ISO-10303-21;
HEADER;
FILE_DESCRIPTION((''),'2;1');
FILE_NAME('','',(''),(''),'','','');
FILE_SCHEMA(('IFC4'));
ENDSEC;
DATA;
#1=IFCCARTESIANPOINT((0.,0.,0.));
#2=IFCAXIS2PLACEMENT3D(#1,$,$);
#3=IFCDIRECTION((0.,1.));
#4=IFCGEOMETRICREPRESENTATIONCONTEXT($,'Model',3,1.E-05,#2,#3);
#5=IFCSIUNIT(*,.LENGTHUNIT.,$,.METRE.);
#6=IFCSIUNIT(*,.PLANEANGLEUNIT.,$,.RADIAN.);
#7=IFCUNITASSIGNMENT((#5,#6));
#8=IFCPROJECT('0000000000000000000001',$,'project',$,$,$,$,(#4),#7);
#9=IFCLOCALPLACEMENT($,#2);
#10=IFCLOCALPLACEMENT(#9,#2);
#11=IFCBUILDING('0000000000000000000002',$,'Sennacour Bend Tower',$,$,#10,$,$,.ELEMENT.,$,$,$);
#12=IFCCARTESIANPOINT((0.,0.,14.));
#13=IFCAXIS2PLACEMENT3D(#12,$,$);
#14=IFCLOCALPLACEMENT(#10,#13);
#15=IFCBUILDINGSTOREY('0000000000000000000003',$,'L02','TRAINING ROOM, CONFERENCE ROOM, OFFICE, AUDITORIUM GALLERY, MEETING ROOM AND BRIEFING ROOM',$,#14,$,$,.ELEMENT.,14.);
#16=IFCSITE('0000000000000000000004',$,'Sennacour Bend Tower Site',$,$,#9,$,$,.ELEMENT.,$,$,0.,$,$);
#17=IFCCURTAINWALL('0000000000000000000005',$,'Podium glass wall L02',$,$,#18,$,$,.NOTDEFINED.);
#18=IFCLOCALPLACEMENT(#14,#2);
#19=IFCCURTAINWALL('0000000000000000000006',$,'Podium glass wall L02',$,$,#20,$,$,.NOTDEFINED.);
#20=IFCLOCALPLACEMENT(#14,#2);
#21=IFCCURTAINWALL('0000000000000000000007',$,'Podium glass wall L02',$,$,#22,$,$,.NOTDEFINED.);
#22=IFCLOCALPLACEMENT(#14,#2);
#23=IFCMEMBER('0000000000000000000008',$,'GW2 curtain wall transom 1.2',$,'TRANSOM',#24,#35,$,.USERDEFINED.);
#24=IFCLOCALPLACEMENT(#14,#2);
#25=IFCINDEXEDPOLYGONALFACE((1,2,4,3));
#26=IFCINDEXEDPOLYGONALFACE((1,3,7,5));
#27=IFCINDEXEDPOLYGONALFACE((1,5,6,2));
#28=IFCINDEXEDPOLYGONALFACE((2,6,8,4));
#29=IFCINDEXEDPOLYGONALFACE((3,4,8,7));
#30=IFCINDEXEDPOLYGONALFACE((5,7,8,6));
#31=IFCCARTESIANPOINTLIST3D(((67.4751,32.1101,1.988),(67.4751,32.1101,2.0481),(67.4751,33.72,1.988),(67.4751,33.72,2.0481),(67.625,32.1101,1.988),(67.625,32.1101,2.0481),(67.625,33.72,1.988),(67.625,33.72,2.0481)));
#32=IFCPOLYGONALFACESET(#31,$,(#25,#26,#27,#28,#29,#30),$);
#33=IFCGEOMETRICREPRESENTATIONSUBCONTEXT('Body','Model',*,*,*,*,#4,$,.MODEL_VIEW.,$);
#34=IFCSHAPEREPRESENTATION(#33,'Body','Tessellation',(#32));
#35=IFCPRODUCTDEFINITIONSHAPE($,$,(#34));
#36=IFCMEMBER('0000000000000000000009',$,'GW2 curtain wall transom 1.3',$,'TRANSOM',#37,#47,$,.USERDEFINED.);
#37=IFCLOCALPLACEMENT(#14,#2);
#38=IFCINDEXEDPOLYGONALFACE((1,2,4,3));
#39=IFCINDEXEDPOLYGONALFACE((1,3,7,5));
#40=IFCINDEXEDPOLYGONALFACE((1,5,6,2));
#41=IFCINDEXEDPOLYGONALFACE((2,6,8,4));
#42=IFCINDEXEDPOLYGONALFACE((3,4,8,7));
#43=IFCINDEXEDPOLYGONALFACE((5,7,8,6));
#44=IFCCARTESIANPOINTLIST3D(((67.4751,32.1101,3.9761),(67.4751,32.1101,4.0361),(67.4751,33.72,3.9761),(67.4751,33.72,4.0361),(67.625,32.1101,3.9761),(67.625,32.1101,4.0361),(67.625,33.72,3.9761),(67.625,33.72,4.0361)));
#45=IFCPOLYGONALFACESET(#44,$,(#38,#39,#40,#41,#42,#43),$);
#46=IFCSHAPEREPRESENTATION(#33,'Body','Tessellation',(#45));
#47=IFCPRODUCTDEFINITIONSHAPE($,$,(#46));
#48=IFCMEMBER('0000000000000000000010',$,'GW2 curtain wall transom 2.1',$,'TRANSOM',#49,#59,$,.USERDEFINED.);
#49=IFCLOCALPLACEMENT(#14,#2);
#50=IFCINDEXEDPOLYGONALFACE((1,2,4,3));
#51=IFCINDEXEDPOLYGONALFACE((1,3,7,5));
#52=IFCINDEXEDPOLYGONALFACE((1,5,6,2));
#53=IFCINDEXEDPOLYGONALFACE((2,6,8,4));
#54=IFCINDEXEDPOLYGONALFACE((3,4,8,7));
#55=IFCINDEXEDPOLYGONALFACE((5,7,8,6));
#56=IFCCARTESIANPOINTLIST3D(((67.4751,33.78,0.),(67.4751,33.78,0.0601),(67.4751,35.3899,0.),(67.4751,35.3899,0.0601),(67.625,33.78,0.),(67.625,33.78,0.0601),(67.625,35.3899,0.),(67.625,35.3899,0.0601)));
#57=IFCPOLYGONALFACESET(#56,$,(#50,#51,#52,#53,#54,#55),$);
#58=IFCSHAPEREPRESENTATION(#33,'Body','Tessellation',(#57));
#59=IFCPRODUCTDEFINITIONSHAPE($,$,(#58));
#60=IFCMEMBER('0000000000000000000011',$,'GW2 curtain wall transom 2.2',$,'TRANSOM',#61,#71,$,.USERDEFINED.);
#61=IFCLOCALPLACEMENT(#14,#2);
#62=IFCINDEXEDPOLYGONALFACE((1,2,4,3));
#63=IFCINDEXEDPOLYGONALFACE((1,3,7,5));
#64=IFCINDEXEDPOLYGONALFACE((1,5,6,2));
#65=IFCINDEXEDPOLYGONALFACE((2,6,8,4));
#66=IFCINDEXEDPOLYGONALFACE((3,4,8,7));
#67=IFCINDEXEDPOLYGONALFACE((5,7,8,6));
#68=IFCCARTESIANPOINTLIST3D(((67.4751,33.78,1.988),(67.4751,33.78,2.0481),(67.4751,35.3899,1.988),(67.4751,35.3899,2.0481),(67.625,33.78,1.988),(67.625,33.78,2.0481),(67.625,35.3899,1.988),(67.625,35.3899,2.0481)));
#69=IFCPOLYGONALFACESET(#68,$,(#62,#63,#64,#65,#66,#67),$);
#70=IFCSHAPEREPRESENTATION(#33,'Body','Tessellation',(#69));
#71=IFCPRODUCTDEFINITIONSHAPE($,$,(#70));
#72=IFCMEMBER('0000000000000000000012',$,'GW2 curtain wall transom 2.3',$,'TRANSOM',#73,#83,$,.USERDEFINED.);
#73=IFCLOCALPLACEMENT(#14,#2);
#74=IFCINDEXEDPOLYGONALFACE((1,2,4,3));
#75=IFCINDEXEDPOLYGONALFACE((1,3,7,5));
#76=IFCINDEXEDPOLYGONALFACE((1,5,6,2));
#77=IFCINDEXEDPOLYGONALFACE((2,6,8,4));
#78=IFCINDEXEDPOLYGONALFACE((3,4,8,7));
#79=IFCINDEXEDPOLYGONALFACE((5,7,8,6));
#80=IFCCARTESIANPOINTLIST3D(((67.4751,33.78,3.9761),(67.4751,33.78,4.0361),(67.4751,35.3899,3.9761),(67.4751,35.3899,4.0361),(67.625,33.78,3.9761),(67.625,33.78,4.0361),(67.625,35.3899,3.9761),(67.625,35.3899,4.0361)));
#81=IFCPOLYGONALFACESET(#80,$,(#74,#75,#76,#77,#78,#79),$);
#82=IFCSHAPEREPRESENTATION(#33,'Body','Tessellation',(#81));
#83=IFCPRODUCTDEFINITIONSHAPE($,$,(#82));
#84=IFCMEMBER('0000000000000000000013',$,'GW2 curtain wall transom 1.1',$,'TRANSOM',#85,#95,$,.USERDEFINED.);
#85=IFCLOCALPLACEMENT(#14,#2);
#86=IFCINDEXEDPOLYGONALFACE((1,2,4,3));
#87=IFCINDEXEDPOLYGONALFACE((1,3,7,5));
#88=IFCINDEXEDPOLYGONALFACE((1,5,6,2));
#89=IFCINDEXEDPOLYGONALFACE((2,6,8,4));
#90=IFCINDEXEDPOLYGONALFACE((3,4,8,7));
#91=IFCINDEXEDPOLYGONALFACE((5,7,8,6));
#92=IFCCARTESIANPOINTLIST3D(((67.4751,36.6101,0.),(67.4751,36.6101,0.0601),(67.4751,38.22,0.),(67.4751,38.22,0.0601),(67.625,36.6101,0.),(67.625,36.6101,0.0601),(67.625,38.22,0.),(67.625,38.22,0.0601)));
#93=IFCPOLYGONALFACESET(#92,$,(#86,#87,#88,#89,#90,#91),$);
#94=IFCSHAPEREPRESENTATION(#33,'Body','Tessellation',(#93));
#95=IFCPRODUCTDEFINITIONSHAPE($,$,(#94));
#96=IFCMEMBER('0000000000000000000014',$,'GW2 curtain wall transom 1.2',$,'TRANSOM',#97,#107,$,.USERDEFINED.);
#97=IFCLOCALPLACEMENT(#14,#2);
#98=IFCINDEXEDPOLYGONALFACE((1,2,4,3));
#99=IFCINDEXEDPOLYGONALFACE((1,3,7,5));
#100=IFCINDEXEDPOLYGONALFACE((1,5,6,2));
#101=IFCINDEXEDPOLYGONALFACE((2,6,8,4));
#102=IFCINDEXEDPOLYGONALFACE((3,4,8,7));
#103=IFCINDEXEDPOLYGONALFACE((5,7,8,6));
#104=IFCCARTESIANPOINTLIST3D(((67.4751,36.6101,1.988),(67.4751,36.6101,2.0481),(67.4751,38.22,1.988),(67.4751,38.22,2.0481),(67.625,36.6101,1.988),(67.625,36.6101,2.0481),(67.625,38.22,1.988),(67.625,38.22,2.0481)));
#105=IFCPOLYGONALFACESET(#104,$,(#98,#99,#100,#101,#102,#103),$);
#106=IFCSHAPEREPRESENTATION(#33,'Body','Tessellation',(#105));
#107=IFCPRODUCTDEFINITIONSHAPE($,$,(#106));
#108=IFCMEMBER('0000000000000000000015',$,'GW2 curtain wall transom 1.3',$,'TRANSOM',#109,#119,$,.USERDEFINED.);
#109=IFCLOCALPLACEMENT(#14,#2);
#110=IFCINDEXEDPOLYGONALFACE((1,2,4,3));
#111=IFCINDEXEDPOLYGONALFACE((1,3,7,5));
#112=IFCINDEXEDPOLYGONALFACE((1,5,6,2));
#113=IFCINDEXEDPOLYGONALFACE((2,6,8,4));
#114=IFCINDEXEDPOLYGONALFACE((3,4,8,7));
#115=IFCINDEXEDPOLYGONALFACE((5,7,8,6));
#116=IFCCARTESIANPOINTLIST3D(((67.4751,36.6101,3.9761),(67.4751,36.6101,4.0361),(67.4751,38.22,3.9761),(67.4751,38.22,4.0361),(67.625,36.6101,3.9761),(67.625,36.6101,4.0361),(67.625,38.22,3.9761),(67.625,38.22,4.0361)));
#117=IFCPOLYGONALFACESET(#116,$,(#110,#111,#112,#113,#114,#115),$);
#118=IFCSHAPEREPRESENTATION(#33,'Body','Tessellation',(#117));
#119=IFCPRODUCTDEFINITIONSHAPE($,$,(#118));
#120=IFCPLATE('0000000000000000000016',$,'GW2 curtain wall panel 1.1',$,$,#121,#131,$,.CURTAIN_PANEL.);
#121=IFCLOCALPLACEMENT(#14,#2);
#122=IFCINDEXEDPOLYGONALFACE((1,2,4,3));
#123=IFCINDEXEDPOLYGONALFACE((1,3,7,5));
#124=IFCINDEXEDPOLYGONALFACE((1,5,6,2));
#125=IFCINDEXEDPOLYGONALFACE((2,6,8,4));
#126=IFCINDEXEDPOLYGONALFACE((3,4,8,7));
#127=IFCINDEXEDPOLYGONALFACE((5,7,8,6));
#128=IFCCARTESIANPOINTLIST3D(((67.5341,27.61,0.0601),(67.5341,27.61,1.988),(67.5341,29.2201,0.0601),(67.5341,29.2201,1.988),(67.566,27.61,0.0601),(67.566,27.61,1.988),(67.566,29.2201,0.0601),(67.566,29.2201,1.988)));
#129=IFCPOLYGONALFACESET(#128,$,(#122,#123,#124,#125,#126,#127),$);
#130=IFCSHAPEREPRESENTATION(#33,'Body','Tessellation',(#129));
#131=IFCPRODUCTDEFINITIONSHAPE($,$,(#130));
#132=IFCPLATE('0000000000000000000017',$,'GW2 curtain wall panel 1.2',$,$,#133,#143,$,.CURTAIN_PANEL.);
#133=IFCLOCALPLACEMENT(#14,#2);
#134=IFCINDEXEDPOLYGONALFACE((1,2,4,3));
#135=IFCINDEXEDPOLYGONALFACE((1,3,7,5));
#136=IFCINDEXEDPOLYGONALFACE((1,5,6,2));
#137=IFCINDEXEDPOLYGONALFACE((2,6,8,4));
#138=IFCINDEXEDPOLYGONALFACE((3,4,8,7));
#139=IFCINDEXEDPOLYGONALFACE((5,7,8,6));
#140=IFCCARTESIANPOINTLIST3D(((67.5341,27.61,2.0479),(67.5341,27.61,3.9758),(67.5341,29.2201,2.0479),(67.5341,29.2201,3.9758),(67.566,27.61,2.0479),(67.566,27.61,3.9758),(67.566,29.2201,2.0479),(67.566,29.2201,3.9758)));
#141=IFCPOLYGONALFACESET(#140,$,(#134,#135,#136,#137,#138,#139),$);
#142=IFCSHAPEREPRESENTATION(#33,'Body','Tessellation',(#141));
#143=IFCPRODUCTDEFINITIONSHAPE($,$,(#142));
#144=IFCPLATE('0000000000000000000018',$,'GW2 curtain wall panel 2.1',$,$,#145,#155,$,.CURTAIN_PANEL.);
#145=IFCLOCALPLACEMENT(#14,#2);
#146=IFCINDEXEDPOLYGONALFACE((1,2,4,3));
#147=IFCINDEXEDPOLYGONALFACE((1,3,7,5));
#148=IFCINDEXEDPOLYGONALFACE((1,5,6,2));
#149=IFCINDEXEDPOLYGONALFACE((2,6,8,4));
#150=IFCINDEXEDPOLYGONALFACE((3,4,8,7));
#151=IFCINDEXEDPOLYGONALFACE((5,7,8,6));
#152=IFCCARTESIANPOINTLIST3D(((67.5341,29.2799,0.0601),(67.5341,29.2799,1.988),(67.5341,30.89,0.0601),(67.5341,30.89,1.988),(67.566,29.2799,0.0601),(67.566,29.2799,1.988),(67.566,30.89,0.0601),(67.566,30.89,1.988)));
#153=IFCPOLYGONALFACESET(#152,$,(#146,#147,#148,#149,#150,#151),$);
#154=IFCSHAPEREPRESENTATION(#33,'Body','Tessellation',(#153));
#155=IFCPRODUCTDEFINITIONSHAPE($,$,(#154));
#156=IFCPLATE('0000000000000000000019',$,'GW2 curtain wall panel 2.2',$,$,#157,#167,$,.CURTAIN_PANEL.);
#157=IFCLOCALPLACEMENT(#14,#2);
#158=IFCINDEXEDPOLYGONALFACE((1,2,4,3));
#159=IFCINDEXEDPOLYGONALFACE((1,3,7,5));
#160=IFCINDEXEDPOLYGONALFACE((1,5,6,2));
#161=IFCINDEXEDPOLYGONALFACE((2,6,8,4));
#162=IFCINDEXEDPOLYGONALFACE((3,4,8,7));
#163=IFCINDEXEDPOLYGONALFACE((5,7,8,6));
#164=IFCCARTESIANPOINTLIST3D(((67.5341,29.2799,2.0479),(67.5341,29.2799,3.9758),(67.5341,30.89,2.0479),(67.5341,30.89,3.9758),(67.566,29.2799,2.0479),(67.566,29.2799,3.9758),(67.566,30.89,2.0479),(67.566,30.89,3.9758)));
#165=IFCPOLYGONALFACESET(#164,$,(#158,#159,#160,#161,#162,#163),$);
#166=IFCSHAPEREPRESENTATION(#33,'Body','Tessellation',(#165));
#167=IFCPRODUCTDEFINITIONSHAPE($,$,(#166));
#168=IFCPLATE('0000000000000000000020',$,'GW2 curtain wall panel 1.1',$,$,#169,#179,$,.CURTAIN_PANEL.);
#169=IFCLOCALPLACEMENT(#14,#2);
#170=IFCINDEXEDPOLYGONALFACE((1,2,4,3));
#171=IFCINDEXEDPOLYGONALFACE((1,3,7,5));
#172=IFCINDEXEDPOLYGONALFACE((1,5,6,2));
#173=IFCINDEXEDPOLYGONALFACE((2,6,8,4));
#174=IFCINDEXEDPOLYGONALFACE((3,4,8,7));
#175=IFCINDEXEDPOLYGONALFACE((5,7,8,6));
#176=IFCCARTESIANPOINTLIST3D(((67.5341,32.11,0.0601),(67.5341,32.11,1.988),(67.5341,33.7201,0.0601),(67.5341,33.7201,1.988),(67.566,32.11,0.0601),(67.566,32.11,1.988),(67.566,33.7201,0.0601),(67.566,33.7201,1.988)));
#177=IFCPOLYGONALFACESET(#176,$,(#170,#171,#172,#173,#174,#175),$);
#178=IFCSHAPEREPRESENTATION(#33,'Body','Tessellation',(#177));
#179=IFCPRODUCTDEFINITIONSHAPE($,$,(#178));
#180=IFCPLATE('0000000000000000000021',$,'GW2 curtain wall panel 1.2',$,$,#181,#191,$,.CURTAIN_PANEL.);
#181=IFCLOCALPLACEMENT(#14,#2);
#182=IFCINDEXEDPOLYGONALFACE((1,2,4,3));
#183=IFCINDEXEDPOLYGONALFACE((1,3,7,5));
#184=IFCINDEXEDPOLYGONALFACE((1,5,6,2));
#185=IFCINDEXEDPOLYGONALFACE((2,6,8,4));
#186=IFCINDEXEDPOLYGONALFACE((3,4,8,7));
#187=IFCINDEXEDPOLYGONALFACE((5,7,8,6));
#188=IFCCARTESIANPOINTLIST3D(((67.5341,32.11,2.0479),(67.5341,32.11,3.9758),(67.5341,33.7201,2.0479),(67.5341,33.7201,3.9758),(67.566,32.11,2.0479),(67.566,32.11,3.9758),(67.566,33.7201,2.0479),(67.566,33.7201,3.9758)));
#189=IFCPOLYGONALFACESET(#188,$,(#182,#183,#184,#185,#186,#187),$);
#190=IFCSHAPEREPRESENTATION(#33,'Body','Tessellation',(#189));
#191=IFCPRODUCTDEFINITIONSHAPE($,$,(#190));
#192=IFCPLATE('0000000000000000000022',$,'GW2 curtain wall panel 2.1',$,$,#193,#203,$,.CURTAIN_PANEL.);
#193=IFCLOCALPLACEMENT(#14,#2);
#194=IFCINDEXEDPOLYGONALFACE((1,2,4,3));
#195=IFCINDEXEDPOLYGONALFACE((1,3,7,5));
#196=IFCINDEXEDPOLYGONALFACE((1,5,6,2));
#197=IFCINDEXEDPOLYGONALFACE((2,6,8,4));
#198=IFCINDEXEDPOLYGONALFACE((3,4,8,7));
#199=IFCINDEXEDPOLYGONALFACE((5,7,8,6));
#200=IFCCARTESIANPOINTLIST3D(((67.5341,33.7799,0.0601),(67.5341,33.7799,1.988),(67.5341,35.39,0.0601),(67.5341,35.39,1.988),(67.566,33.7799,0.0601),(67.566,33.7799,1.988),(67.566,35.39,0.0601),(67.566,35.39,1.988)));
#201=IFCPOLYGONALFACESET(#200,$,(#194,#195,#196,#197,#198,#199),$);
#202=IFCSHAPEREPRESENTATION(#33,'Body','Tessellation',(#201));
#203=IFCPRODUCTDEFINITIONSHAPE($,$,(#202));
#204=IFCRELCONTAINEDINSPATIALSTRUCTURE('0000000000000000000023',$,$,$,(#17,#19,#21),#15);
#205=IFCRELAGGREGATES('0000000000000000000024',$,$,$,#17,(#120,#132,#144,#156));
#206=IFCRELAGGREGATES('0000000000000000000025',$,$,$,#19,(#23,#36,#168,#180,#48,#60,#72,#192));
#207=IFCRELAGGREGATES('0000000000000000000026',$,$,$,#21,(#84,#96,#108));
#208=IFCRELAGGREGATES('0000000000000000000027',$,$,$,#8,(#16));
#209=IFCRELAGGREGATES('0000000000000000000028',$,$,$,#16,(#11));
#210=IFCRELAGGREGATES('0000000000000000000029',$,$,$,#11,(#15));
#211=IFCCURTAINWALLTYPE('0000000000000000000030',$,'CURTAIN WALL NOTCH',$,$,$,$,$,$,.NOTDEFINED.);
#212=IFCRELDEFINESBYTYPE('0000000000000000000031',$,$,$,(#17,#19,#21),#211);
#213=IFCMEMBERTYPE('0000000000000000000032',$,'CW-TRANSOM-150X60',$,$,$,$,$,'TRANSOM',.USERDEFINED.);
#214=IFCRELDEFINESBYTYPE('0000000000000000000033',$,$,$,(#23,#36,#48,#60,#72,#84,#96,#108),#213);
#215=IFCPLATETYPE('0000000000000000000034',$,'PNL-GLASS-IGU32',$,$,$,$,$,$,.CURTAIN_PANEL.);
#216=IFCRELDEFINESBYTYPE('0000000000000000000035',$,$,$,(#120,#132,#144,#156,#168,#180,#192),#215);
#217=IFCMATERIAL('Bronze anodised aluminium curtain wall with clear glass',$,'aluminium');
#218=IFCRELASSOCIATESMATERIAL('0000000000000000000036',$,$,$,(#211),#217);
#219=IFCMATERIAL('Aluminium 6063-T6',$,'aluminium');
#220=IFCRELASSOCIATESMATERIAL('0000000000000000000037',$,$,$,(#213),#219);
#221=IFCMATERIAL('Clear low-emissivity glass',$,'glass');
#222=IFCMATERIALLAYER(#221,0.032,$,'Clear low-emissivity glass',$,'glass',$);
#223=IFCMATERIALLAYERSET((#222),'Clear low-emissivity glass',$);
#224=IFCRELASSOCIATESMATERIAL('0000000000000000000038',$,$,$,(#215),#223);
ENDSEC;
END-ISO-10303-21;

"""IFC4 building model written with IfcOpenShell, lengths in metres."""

from ifc_helpers import new_model, si_unit, direction, frame, origin, origin_2d, place, context, subcontext, project, spatial, rectangle, extrude, material, layer, layer_set, material_profile, profile_set, type_object, element, aggregate, save


model = new_model("IFC4")

# Units and contexts
model_context = context("Model", 3, precision=1e-05, world=origin(), true_north=direction((0.0, 1.0)))
body_context = subcontext(model_context, "Body", "Model", "MODEL_VIEW")
ifc_project = project(units=[si_unit("LENGTHUNIT", "METRE"), si_unit("PLANEANGLEUNIT", "RADIAN")], contexts=[model_context])

# Site, building, storey
site_placement = place(None, origin())
site = spatial("IfcSite", under=ifc_project, at=site_placement, Name="Sennacour Bend Tower Site", CompositionType="ELEMENT", RefElevation=0.0)
building_placement = place(site_placement, origin())
building = spatial("IfcBuilding", under=site, at=building_placement, Name="Sennacour Bend Tower", CompositionType="ELEMENT")
storey_placement = place(building_placement, frame((0.0, 0.0, 14.0)))
storey = spatial("IfcBuildingStorey", under=building, at=storey_placement, Name="L02", Description="TRAINING ROOM, CONFERENCE ROOM, OFFICE, AUDITORIUM GALLERY, MEETING ROOM AND BRIEFING ROOM", CompositionType="ELEMENT", Elevation=14.0)

# Curtain walls
ifc_material_1 = material(Name="Bronze anodised aluminium curtain wall with clear glass", Category="aluminium")
curtain_wall_type = type_object("IfcCurtainWallType", Name="CURTAIN WALL NOTCH", PredefinedType="NOTDEFINED", material=ifc_material_1)
curtain_wall_1_placement = place(storey_placement, origin())
curtain_wall_1 = element("IfcCurtainWall", 1, at=curtain_wall_1_placement, inside=storey, type_object=curtain_wall_type, Name="Podium glass wall L02", PredefinedType="NOTDEFINED")
ifc_material_2 = material(Name="Aluminium 6063-T6", Category="aluminium")
curtain_wall_2_placement = place(storey_placement, origin())
curtain_wall_2 = element("IfcCurtainWall", 2, at=curtain_wall_2_placement, inside=storey, type_object=curtain_wall_type, Name="Podium glass wall L02", PredefinedType="NOTDEFINED")
curtain_wall_3_placement = place(storey_placement, origin())
curtain_wall_3 = element("IfcCurtainWall", 3, at=curtain_wall_3_placement, inside=storey, type_object=curtain_wall_type, Name="Podium glass wall L02", PredefinedType="NOTDEFINED")

# Members
ifc_material_profile_1 = material_profile(ifc_material_2, rectangle(XDim=0.1499, YDim=0.0601, at=origin_2d()), Name="Aluminium 6063-T6", Category="aluminium")
ifc_profile_set_1 = profile_set([ifc_material_profile_1], Name="Aluminium 6063-T6")
member_type_1 = type_object("IfcMemberType", Name="CW-TRANSOM-150X60", ElementType="TRANSOM", PredefinedType="USERDEFINED", material=ifc_profile_set_1)
member_1_placement = place(storey_placement, frame((67.55, 32.1101, 2.0181), z_axis=(0.0, 1.0, 0.0), x_axis=(-1.0, 0.0, 0.0)))
member_1 = element("IfcMember", 4, at=member_1_placement, type_object=member_type_1, Name="GW2 curtain wall transom 1.2", ObjectType="TRANSOM", PredefinedType="USERDEFINED", context=body_context, shape_type="SweptSolid", body=[
    extrude(rectangle(XDim=0.1499, YDim=0.0601, at=origin_2d()), origin(), (0.0, 0.0, 1.0), 1.6099),
])
member_2_placement = place(storey_placement, frame((67.55, 32.1101, 4.0061), z_axis=(0.0, 1.0, 0.0), x_axis=(-1.0, 0.0, 0.0)))
member_2 = element("IfcMember", 5, at=member_2_placement, type_object=member_type_1, Name="GW2 curtain wall transom 1.3", ObjectType="TRANSOM", PredefinedType="USERDEFINED", context=body_context, shape_type="SweptSolid", body=[
    extrude(rectangle(XDim=0.1499, YDim=0.0601, at=origin_2d()), origin(), (0.0, 0.0, 1.0), 1.6099),
])
member_3_placement = place(storey_placement, frame((67.55, 33.78, 0.03), z_axis=(0.0, 1.0, 0.0), x_axis=(-1.0, 0.0, 0.0)))
member_3 = element("IfcMember", 6, at=member_3_placement, type_object=member_type_1, Name="GW2 curtain wall transom 2.1", ObjectType="TRANSOM", PredefinedType="USERDEFINED", context=body_context, shape_type="SweptSolid", body=[
    extrude(rectangle(XDim=0.1499, YDim=0.0601, at=origin_2d()), origin(), (0.0, 0.0, 1.0), 1.6099),
])
member_4_placement = place(storey_placement, frame((67.55, 33.78, 2.0181), z_axis=(0.0, 1.0, 0.0), x_axis=(-1.0, 0.0, 0.0)))
member_4 = element("IfcMember", 7, at=member_4_placement, type_object=member_type_1, Name="GW2 curtain wall transom 2.2", ObjectType="TRANSOM", PredefinedType="USERDEFINED", context=body_context, shape_type="SweptSolid", body=[
    extrude(rectangle(XDim=0.1499, YDim=0.0601, at=origin_2d()), origin(), (0.0, 0.0, 1.0), 1.6099),
])
member_5_placement = place(storey_placement, frame((67.55, 33.78, 4.0061), z_axis=(0.0, 1.0, 0.0), x_axis=(-1.0, 0.0, 0.0)))
member_5 = element("IfcMember", 8, at=member_5_placement, type_object=member_type_1, Name="GW2 curtain wall transom 2.3", ObjectType="TRANSOM", PredefinedType="USERDEFINED", context=body_context, shape_type="SweptSolid", body=[
    extrude(rectangle(XDim=0.1499, YDim=0.0601, at=origin_2d()), origin(), (0.0, 0.0, 1.0), 1.6099),
])
member_6_placement = place(storey_placement, frame((67.55, 36.6101, 0.03), z_axis=(0.0, 1.0, 0.0), x_axis=(-1.0, 0.0, 0.0)))
member_6 = element("IfcMember", 9, at=member_6_placement, type_object=member_type_1, Name="GW2 curtain wall transom 1.1", ObjectType="TRANSOM", PredefinedType="USERDEFINED", context=body_context, shape_type="SweptSolid", body=[
    extrude(rectangle(XDim=0.1499, YDim=0.0601, at=origin_2d()), origin(), (0.0, 0.0, 1.0), 1.6099),
])
member_7_placement = place(storey_placement, frame((67.55, 36.6101, 2.0181), z_axis=(0.0, 1.0, 0.0), x_axis=(-1.0, 0.0, 0.0)))
member_7 = element("IfcMember", 10, at=member_7_placement, type_object=member_type_1, Name="GW2 curtain wall transom 1.2", ObjectType="TRANSOM", PredefinedType="USERDEFINED", context=body_context, shape_type="SweptSolid", body=[
    extrude(rectangle(XDim=0.1499, YDim=0.0601, at=origin_2d()), origin(), (0.0, 0.0, 1.0), 1.6099),
])
member_8_placement = place(storey_placement, frame((67.55, 36.6101, 4.0061), z_axis=(0.0, 1.0, 0.0), x_axis=(-1.0, 0.0, 0.0)))
member_8 = element("IfcMember", 11, at=member_8_placement, type_object=member_type_1, Name="GW2 curtain wall transom 1.3", ObjectType="TRANSOM", PredefinedType="USERDEFINED", context=body_context, shape_type="SweptSolid", body=[
    extrude(rectangle(XDim=0.1499, YDim=0.0601, at=origin_2d()), origin(), (0.0, 0.0, 1.0), 1.6099),
])

# Plates
ifc_material_3 = material(Name="Clear low-emissivity glass", Category="glass")
ifc_layer = layer(ifc_material_3, 0.032, Name="Clear low-emissivity glass", Category="glass")
ifc_layer_set = layer_set([ifc_layer], Name="Clear low-emissivity glass")
plate_type = type_object("IfcPlateType", Name="PNL-GLASS-IGU32", PredefinedType="CURTAIN_PANEL", material=ifc_layer_set)
plate_1_placement = place(storey_placement, frame((67.55, 28.415, 0.0601), z_axis=(0.0, 0.0, 1.0), x_axis=(0.0, 1.0, 0.0)))
plate_1 = element("IfcPlate", 12, at=plate_1_placement, type_object=plate_type, Name="GW2 curtain wall panel 1.1", PredefinedType="CURTAIN_PANEL", context=body_context, shape_type="SweptSolid", body=[
    extrude(rectangle(XDim=1.6101, YDim=0.032, at=origin_2d()), origin(), (0.0, 0.0, 1.0), 1.928),
])
plate_2_placement = place(storey_placement, frame((67.55, 28.415, 2.0479), z_axis=(0.0, 0.0, 1.0), x_axis=(0.0, 1.0, 0.0)))
plate_2 = element("IfcPlate", 13, at=plate_2_placement, type_object=plate_type, Name="GW2 curtain wall panel 1.2", PredefinedType="CURTAIN_PANEL", context=body_context, shape_type="SweptSolid", body=[
    extrude(rectangle(XDim=1.6101, YDim=0.032, at=origin_2d()), origin(), (0.0, 0.0, 1.0), 1.928),
])
plate_3_placement = place(storey_placement, frame((67.55, 30.085, 0.0601), z_axis=(0.0, 0.0, 1.0), x_axis=(0.0, 1.0, 0.0)))
plate_3 = element("IfcPlate", 14, at=plate_3_placement, type_object=plate_type, Name="GW2 curtain wall panel 2.1", PredefinedType="CURTAIN_PANEL", context=body_context, shape_type="SweptSolid", body=[
    extrude(rectangle(XDim=1.6101, YDim=0.032, at=origin_2d()), origin(), (0.0, 0.0, 1.0), 1.928),
])
plate_4_placement = place(storey_placement, frame((67.55, 30.085, 2.0479), z_axis=(0.0, 0.0, 1.0), x_axis=(0.0, 1.0, 0.0)))
plate_4 = element("IfcPlate", 15, at=plate_4_placement, type_object=plate_type, Name="GW2 curtain wall panel 2.2", PredefinedType="CURTAIN_PANEL", context=body_context, shape_type="SweptSolid", body=[
    extrude(rectangle(XDim=1.6101, YDim=0.032, at=origin_2d()), origin(), (0.0, 0.0, 1.0), 1.928),
])
aggregate(curtain_wall_1, [plate_1, plate_2, plate_3, plate_4])
plate_5_placement = place(storey_placement, frame((67.55, 32.915, 0.0601), z_axis=(0.0, 0.0, 1.0), x_axis=(0.0, 1.0, 0.0)))
plate_5 = element("IfcPlate", 16, at=plate_5_placement, type_object=plate_type, Name="GW2 curtain wall panel 1.1", PredefinedType="CURTAIN_PANEL", context=body_context, shape_type="SweptSolid", body=[
    extrude(rectangle(XDim=1.6101, YDim=0.032, at=origin_2d()), origin(), (0.0, 0.0, 1.0), 1.928),
])
plate_6_placement = place(storey_placement, frame((67.55, 32.915, 2.0479), z_axis=(0.0, 0.0, 1.0), x_axis=(0.0, 1.0, 0.0)))
plate_6 = element("IfcPlate", 17, at=plate_6_placement, type_object=plate_type, Name="GW2 curtain wall panel 1.2", PredefinedType="CURTAIN_PANEL", context=body_context, shape_type="SweptSolid", body=[
    extrude(rectangle(XDim=1.6101, YDim=0.032, at=origin_2d()), origin(), (0.0, 0.0, 1.0), 1.928),
])
plate_7_placement = place(storey_placement, frame((67.55, 34.585, 0.0601), z_axis=(0.0, 0.0, 1.0), x_axis=(0.0, 1.0, 0.0)))
plate_7 = element("IfcPlate", 18, at=plate_7_placement, type_object=plate_type, Name="GW2 curtain wall panel 2.1", PredefinedType="CURTAIN_PANEL", context=body_context, shape_type="SweptSolid", body=[
    extrude(rectangle(XDim=1.6101, YDim=0.032, at=origin_2d()), origin(), (0.0, 0.0, 1.0), 1.928),
])
aggregate(curtain_wall_2, [member_1, member_2, plate_5, plate_6, member_3, member_4, member_5, plate_7])
aggregate(curtain_wall_3, [member_6, member_7, member_8])

save(model, "model.ifc")
